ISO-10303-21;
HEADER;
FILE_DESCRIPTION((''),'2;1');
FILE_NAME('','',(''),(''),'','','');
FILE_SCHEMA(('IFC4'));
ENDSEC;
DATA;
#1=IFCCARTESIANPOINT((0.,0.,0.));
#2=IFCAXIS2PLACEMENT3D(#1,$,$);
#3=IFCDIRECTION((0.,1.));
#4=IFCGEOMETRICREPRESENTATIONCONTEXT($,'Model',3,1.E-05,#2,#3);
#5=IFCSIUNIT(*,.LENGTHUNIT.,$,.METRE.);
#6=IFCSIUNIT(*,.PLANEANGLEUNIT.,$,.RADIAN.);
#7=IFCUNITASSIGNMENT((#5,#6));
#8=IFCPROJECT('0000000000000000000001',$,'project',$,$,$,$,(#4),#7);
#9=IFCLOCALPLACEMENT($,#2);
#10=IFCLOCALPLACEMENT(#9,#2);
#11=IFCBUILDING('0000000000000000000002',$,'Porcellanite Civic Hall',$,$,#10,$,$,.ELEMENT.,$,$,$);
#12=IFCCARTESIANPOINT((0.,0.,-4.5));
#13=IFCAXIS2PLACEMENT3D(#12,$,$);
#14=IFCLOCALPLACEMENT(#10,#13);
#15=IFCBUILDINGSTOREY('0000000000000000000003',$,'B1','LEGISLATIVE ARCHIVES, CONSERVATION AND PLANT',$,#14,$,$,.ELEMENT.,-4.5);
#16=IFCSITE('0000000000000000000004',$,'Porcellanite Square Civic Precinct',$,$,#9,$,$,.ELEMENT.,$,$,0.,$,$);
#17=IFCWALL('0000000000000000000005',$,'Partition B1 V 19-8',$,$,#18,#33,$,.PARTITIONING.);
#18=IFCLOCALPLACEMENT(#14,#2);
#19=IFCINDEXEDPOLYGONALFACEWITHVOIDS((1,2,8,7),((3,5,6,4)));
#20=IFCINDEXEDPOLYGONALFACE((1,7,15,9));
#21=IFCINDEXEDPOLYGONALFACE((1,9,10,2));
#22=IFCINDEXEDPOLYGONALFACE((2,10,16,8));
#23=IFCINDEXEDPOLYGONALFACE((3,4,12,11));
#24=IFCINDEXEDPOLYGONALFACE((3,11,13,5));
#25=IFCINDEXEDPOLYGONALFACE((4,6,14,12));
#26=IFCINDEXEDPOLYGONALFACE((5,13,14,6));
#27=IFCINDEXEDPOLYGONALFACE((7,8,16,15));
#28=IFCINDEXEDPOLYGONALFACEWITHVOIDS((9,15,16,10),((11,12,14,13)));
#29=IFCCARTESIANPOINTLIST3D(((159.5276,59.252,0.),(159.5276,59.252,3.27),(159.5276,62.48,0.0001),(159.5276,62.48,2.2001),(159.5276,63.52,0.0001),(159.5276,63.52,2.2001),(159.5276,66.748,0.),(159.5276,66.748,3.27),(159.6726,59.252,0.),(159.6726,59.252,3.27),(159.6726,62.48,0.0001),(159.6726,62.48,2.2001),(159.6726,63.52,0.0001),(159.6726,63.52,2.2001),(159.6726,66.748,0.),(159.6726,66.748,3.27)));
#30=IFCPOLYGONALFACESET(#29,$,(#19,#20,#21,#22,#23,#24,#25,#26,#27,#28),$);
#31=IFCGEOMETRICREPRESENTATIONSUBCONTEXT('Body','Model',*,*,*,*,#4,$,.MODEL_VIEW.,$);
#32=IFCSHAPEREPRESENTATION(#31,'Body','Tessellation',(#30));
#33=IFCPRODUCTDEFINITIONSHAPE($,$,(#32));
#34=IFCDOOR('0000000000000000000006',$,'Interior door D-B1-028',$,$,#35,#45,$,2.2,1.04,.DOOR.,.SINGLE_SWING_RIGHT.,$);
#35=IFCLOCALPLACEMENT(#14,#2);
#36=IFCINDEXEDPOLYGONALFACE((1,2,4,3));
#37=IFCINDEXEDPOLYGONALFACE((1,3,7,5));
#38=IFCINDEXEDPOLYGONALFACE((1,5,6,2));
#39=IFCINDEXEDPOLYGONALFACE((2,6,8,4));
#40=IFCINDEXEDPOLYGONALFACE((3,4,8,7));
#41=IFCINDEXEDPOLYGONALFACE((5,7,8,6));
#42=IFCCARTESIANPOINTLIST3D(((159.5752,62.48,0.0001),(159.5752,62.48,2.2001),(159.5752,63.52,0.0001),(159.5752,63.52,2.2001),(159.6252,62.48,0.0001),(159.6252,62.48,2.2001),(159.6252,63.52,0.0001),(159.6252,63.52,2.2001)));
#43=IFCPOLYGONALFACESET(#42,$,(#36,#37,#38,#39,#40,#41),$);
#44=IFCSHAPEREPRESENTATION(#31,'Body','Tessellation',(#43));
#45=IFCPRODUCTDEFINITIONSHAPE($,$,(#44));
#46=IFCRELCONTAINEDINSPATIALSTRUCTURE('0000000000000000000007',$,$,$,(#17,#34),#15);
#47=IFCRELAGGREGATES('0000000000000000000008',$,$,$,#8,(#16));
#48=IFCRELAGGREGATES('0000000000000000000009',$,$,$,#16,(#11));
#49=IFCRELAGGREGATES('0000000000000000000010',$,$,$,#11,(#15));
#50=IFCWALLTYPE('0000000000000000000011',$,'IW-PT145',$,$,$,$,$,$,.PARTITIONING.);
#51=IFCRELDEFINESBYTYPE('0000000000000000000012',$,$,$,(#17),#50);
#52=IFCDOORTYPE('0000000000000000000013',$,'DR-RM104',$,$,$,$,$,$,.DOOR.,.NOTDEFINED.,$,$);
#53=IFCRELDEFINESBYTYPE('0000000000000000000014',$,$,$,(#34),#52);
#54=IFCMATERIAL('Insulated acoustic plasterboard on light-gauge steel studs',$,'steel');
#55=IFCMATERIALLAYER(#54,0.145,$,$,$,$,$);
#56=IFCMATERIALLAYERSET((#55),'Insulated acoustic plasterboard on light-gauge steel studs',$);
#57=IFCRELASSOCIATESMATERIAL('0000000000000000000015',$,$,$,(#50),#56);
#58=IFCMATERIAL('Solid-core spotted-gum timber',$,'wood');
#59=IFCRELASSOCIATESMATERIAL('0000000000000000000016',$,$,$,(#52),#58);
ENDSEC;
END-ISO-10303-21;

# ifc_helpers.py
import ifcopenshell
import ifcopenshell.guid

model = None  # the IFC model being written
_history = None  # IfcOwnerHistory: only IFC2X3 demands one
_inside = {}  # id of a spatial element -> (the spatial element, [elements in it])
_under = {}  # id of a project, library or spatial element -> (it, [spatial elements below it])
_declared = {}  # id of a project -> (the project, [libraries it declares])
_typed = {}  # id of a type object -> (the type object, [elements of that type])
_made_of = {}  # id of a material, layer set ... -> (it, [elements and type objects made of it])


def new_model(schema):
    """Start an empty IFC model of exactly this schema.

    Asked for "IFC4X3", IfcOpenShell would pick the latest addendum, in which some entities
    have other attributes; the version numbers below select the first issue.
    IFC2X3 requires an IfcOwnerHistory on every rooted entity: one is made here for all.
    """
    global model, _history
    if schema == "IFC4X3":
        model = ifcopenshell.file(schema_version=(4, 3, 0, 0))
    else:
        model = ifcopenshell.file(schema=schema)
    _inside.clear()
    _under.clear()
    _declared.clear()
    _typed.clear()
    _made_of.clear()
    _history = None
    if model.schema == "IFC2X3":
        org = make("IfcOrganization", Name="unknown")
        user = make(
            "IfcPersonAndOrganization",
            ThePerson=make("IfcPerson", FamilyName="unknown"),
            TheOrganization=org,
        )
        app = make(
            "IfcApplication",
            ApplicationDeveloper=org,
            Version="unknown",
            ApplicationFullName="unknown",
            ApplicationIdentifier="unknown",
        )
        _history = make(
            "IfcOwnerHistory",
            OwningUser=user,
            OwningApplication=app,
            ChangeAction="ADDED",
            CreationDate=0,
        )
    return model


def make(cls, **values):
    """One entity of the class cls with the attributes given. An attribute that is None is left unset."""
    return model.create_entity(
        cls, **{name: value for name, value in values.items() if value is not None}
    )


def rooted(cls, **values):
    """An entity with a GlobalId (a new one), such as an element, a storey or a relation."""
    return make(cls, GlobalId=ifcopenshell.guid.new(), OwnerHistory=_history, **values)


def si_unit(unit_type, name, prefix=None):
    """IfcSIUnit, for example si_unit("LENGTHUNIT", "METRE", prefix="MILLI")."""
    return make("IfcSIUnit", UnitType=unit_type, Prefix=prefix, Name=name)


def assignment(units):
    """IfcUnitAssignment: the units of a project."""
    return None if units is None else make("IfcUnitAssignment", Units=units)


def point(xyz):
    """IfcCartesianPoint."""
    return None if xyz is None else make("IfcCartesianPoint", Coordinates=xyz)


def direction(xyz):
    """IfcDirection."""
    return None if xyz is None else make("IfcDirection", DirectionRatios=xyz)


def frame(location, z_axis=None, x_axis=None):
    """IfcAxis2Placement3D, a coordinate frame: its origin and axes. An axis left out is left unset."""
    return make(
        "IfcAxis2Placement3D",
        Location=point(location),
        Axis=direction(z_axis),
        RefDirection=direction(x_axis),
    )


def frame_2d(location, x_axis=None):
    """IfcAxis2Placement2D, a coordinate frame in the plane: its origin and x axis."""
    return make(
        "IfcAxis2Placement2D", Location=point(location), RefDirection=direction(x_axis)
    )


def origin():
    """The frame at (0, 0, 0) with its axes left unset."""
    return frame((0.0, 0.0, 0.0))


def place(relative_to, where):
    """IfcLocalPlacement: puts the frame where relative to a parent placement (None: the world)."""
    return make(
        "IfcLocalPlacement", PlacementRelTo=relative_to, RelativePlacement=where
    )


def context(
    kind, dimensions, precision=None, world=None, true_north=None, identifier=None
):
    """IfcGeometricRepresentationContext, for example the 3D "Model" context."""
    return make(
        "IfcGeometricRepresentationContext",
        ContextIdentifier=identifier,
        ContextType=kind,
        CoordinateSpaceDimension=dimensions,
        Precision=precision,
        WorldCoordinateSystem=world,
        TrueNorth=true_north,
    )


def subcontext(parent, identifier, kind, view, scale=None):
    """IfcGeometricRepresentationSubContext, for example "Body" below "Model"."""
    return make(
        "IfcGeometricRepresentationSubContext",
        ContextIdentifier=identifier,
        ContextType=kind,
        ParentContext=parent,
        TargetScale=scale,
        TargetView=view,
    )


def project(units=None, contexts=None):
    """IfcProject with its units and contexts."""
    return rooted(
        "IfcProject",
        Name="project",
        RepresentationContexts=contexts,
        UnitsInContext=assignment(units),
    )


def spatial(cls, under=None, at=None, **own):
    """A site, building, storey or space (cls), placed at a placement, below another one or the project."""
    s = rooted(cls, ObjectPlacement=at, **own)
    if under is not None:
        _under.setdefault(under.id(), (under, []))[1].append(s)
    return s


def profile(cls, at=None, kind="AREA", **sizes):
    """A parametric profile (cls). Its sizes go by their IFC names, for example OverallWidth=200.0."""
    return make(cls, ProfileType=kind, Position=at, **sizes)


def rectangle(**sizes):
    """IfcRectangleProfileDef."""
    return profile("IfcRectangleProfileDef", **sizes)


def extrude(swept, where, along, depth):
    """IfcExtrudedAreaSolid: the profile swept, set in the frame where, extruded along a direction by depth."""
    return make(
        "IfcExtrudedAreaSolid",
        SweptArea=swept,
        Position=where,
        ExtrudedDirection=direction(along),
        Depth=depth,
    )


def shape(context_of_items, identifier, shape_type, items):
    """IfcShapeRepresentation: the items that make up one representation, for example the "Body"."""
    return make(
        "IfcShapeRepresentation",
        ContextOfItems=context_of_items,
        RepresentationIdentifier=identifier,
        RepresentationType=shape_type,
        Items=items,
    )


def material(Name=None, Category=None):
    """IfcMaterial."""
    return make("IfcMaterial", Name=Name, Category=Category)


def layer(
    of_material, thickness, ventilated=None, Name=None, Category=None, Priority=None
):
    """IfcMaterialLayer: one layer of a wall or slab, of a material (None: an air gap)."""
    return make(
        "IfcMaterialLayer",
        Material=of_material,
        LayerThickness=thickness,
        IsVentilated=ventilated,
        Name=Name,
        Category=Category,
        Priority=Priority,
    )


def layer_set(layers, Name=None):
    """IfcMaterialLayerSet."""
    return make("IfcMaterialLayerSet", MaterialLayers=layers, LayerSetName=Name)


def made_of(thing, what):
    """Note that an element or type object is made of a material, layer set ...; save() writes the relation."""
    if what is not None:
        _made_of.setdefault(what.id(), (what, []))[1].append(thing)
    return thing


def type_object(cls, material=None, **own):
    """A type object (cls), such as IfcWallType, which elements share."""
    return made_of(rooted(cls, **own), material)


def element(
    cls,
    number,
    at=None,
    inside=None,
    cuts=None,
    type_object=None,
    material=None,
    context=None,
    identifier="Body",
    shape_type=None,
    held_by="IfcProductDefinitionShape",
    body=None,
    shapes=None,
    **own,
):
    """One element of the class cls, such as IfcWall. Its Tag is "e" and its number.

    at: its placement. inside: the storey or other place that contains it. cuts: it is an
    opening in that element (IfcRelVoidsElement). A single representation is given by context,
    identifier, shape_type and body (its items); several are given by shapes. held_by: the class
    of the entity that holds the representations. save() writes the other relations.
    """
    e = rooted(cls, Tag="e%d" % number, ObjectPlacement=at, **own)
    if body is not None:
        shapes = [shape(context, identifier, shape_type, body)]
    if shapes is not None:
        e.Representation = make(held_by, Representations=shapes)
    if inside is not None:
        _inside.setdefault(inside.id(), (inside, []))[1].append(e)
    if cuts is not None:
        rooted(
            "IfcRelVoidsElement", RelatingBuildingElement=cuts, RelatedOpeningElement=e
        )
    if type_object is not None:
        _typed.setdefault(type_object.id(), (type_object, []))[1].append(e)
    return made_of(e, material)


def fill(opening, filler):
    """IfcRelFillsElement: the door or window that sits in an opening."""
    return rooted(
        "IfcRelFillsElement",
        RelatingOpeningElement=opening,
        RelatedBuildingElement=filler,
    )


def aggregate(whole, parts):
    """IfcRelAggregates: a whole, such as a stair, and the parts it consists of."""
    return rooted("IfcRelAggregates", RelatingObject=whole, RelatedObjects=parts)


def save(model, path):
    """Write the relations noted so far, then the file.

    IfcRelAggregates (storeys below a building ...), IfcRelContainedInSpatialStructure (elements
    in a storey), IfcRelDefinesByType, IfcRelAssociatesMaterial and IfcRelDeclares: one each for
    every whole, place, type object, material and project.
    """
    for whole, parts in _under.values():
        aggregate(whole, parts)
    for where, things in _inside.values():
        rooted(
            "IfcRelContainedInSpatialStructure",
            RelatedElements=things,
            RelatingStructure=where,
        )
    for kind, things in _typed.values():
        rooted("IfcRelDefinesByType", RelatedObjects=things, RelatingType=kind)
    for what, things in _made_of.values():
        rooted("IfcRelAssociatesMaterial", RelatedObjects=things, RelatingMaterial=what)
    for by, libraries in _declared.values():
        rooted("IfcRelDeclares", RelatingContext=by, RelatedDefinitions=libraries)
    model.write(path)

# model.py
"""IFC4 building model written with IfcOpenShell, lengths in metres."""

from ifc_helpers import new_model, si_unit, direction, frame, frame_2d, origin, place, context, subcontext, project, spatial, rectangle, extrude, material, layer, layer_set, type_object, element, fill, save


model = new_model("IFC4")

# Units and contexts
model_context = context("Model", 3, precision=1e-05, world=origin(), true_north=direction((0.0, 1.0)))
body_context = subcontext(model_context, "Body", "Model", "MODEL_VIEW")
ifc_project = project(units=[si_unit("LENGTHUNIT", "METRE"), si_unit("PLANEANGLEUNIT", "RADIAN")], contexts=[model_context])

# Site, building, storey
site_placement = place(None, origin())
site = spatial("IfcSite", under=ifc_project, at=site_placement, Name="Porcellanite Square Civic Precinct", CompositionType="ELEMENT", RefElevation=0.0)
building_placement = place(site_placement, origin())
building = spatial("IfcBuilding", under=site, at=building_placement, Name="Porcellanite Civic Hall", CompositionType="ELEMENT")
storey_placement = place(building_placement, frame((0.0, 0.0, -4.5)))
storey = spatial("IfcBuildingStorey", under=building, at=storey_placement, Name="B1", Description="LEGISLATIVE ARCHIVES, CONSERVATION AND PLANT", CompositionType="ELEMENT", Elevation=-4.5)

# Wall, opening, door
ifc_material_1 = material(Name="Insulated acoustic plasterboard on light-gauge steel studs", Category="steel")
ifc_layer_1 = layer(ifc_material_1, 0.145)
ifc_layer_set_1 = layer_set([ifc_layer_1], Name="Insulated acoustic plasterboard on light-gauge steel studs")
wall_type_1 = type_object("IfcWallType", Name="IW-PT145", PredefinedType="PARTITIONING", material=ifc_layer_set_1)
wall_1_placement = place(storey_placement, frame((159.6001, 59.252, 0.0), z_axis=(0.0, 0.0, 1.0), x_axis=(0.0, 1.0, 0.0)))
wall_1 = element("IfcWall", 1, at=wall_1_placement, inside=storey, type_object=wall_type_1, Name="Partition B1 V 19-8", PredefinedType="PARTITIONING", context=body_context, shape_type="SweptSolid", body=[
    extrude(rectangle(XDim=7.4961, YDim=0.145, at=frame_2d((3.748, 0.0))), origin(), (0.0, 0.0, 1.0), 3.27),
])
opening_1_placement = place(wall_1_placement, frame((3.228, 0.0, 0.0)))
opening_1 = element("IfcOpeningElement", 2, at=opening_1_placement, cuts=wall_1, PredefinedType="OPENING", context=body_context, shape_type="SweptSolid", body=[
    extrude(rectangle(XDim=1.04, YDim=2.2, at=frame_2d((0.52, 1.1001))), frame((0.0, 0.0725, 0.0), z_axis=(0.0, -1.0, 0.0), x_axis=(1.0, 0.0, 0.0)), (0.0, 0.0, 1.0), 0.145),
])
ifc_material_2 = material(Name="Solid-core spotted-gum timber", Category="wood")
door_type_1 = type_object("IfcDoorType", Name="DR-RM104", OperationType="NOTDEFINED", PredefinedType="DOOR", material=ifc_material_2)
door_1_placement = place(opening_1_placement, origin())
door_1 = element("IfcDoor", 3, at=door_1_placement, inside=storey, type_object=door_type_1, Name="Interior door D-B1-028", OperationType="SINGLE_SWING_RIGHT", OverallHeight=2.2, OverallWidth=1.04, PredefinedType="DOOR", context=body_context, shape_type="SweptSolid", body=[
    extrude(rectangle(XDim=1.04, YDim=2.2, at=frame_2d((0.52, 1.1001))), frame((0.0, 0.0249, 0.0), z_axis=(0.0, -1.0, 0.0), x_axis=(1.0, 0.0, 0.0)), (0.0, 0.0, 1.0), 0.05),
])
fill(opening_1, door_1)

save(model, "model.ifc")
